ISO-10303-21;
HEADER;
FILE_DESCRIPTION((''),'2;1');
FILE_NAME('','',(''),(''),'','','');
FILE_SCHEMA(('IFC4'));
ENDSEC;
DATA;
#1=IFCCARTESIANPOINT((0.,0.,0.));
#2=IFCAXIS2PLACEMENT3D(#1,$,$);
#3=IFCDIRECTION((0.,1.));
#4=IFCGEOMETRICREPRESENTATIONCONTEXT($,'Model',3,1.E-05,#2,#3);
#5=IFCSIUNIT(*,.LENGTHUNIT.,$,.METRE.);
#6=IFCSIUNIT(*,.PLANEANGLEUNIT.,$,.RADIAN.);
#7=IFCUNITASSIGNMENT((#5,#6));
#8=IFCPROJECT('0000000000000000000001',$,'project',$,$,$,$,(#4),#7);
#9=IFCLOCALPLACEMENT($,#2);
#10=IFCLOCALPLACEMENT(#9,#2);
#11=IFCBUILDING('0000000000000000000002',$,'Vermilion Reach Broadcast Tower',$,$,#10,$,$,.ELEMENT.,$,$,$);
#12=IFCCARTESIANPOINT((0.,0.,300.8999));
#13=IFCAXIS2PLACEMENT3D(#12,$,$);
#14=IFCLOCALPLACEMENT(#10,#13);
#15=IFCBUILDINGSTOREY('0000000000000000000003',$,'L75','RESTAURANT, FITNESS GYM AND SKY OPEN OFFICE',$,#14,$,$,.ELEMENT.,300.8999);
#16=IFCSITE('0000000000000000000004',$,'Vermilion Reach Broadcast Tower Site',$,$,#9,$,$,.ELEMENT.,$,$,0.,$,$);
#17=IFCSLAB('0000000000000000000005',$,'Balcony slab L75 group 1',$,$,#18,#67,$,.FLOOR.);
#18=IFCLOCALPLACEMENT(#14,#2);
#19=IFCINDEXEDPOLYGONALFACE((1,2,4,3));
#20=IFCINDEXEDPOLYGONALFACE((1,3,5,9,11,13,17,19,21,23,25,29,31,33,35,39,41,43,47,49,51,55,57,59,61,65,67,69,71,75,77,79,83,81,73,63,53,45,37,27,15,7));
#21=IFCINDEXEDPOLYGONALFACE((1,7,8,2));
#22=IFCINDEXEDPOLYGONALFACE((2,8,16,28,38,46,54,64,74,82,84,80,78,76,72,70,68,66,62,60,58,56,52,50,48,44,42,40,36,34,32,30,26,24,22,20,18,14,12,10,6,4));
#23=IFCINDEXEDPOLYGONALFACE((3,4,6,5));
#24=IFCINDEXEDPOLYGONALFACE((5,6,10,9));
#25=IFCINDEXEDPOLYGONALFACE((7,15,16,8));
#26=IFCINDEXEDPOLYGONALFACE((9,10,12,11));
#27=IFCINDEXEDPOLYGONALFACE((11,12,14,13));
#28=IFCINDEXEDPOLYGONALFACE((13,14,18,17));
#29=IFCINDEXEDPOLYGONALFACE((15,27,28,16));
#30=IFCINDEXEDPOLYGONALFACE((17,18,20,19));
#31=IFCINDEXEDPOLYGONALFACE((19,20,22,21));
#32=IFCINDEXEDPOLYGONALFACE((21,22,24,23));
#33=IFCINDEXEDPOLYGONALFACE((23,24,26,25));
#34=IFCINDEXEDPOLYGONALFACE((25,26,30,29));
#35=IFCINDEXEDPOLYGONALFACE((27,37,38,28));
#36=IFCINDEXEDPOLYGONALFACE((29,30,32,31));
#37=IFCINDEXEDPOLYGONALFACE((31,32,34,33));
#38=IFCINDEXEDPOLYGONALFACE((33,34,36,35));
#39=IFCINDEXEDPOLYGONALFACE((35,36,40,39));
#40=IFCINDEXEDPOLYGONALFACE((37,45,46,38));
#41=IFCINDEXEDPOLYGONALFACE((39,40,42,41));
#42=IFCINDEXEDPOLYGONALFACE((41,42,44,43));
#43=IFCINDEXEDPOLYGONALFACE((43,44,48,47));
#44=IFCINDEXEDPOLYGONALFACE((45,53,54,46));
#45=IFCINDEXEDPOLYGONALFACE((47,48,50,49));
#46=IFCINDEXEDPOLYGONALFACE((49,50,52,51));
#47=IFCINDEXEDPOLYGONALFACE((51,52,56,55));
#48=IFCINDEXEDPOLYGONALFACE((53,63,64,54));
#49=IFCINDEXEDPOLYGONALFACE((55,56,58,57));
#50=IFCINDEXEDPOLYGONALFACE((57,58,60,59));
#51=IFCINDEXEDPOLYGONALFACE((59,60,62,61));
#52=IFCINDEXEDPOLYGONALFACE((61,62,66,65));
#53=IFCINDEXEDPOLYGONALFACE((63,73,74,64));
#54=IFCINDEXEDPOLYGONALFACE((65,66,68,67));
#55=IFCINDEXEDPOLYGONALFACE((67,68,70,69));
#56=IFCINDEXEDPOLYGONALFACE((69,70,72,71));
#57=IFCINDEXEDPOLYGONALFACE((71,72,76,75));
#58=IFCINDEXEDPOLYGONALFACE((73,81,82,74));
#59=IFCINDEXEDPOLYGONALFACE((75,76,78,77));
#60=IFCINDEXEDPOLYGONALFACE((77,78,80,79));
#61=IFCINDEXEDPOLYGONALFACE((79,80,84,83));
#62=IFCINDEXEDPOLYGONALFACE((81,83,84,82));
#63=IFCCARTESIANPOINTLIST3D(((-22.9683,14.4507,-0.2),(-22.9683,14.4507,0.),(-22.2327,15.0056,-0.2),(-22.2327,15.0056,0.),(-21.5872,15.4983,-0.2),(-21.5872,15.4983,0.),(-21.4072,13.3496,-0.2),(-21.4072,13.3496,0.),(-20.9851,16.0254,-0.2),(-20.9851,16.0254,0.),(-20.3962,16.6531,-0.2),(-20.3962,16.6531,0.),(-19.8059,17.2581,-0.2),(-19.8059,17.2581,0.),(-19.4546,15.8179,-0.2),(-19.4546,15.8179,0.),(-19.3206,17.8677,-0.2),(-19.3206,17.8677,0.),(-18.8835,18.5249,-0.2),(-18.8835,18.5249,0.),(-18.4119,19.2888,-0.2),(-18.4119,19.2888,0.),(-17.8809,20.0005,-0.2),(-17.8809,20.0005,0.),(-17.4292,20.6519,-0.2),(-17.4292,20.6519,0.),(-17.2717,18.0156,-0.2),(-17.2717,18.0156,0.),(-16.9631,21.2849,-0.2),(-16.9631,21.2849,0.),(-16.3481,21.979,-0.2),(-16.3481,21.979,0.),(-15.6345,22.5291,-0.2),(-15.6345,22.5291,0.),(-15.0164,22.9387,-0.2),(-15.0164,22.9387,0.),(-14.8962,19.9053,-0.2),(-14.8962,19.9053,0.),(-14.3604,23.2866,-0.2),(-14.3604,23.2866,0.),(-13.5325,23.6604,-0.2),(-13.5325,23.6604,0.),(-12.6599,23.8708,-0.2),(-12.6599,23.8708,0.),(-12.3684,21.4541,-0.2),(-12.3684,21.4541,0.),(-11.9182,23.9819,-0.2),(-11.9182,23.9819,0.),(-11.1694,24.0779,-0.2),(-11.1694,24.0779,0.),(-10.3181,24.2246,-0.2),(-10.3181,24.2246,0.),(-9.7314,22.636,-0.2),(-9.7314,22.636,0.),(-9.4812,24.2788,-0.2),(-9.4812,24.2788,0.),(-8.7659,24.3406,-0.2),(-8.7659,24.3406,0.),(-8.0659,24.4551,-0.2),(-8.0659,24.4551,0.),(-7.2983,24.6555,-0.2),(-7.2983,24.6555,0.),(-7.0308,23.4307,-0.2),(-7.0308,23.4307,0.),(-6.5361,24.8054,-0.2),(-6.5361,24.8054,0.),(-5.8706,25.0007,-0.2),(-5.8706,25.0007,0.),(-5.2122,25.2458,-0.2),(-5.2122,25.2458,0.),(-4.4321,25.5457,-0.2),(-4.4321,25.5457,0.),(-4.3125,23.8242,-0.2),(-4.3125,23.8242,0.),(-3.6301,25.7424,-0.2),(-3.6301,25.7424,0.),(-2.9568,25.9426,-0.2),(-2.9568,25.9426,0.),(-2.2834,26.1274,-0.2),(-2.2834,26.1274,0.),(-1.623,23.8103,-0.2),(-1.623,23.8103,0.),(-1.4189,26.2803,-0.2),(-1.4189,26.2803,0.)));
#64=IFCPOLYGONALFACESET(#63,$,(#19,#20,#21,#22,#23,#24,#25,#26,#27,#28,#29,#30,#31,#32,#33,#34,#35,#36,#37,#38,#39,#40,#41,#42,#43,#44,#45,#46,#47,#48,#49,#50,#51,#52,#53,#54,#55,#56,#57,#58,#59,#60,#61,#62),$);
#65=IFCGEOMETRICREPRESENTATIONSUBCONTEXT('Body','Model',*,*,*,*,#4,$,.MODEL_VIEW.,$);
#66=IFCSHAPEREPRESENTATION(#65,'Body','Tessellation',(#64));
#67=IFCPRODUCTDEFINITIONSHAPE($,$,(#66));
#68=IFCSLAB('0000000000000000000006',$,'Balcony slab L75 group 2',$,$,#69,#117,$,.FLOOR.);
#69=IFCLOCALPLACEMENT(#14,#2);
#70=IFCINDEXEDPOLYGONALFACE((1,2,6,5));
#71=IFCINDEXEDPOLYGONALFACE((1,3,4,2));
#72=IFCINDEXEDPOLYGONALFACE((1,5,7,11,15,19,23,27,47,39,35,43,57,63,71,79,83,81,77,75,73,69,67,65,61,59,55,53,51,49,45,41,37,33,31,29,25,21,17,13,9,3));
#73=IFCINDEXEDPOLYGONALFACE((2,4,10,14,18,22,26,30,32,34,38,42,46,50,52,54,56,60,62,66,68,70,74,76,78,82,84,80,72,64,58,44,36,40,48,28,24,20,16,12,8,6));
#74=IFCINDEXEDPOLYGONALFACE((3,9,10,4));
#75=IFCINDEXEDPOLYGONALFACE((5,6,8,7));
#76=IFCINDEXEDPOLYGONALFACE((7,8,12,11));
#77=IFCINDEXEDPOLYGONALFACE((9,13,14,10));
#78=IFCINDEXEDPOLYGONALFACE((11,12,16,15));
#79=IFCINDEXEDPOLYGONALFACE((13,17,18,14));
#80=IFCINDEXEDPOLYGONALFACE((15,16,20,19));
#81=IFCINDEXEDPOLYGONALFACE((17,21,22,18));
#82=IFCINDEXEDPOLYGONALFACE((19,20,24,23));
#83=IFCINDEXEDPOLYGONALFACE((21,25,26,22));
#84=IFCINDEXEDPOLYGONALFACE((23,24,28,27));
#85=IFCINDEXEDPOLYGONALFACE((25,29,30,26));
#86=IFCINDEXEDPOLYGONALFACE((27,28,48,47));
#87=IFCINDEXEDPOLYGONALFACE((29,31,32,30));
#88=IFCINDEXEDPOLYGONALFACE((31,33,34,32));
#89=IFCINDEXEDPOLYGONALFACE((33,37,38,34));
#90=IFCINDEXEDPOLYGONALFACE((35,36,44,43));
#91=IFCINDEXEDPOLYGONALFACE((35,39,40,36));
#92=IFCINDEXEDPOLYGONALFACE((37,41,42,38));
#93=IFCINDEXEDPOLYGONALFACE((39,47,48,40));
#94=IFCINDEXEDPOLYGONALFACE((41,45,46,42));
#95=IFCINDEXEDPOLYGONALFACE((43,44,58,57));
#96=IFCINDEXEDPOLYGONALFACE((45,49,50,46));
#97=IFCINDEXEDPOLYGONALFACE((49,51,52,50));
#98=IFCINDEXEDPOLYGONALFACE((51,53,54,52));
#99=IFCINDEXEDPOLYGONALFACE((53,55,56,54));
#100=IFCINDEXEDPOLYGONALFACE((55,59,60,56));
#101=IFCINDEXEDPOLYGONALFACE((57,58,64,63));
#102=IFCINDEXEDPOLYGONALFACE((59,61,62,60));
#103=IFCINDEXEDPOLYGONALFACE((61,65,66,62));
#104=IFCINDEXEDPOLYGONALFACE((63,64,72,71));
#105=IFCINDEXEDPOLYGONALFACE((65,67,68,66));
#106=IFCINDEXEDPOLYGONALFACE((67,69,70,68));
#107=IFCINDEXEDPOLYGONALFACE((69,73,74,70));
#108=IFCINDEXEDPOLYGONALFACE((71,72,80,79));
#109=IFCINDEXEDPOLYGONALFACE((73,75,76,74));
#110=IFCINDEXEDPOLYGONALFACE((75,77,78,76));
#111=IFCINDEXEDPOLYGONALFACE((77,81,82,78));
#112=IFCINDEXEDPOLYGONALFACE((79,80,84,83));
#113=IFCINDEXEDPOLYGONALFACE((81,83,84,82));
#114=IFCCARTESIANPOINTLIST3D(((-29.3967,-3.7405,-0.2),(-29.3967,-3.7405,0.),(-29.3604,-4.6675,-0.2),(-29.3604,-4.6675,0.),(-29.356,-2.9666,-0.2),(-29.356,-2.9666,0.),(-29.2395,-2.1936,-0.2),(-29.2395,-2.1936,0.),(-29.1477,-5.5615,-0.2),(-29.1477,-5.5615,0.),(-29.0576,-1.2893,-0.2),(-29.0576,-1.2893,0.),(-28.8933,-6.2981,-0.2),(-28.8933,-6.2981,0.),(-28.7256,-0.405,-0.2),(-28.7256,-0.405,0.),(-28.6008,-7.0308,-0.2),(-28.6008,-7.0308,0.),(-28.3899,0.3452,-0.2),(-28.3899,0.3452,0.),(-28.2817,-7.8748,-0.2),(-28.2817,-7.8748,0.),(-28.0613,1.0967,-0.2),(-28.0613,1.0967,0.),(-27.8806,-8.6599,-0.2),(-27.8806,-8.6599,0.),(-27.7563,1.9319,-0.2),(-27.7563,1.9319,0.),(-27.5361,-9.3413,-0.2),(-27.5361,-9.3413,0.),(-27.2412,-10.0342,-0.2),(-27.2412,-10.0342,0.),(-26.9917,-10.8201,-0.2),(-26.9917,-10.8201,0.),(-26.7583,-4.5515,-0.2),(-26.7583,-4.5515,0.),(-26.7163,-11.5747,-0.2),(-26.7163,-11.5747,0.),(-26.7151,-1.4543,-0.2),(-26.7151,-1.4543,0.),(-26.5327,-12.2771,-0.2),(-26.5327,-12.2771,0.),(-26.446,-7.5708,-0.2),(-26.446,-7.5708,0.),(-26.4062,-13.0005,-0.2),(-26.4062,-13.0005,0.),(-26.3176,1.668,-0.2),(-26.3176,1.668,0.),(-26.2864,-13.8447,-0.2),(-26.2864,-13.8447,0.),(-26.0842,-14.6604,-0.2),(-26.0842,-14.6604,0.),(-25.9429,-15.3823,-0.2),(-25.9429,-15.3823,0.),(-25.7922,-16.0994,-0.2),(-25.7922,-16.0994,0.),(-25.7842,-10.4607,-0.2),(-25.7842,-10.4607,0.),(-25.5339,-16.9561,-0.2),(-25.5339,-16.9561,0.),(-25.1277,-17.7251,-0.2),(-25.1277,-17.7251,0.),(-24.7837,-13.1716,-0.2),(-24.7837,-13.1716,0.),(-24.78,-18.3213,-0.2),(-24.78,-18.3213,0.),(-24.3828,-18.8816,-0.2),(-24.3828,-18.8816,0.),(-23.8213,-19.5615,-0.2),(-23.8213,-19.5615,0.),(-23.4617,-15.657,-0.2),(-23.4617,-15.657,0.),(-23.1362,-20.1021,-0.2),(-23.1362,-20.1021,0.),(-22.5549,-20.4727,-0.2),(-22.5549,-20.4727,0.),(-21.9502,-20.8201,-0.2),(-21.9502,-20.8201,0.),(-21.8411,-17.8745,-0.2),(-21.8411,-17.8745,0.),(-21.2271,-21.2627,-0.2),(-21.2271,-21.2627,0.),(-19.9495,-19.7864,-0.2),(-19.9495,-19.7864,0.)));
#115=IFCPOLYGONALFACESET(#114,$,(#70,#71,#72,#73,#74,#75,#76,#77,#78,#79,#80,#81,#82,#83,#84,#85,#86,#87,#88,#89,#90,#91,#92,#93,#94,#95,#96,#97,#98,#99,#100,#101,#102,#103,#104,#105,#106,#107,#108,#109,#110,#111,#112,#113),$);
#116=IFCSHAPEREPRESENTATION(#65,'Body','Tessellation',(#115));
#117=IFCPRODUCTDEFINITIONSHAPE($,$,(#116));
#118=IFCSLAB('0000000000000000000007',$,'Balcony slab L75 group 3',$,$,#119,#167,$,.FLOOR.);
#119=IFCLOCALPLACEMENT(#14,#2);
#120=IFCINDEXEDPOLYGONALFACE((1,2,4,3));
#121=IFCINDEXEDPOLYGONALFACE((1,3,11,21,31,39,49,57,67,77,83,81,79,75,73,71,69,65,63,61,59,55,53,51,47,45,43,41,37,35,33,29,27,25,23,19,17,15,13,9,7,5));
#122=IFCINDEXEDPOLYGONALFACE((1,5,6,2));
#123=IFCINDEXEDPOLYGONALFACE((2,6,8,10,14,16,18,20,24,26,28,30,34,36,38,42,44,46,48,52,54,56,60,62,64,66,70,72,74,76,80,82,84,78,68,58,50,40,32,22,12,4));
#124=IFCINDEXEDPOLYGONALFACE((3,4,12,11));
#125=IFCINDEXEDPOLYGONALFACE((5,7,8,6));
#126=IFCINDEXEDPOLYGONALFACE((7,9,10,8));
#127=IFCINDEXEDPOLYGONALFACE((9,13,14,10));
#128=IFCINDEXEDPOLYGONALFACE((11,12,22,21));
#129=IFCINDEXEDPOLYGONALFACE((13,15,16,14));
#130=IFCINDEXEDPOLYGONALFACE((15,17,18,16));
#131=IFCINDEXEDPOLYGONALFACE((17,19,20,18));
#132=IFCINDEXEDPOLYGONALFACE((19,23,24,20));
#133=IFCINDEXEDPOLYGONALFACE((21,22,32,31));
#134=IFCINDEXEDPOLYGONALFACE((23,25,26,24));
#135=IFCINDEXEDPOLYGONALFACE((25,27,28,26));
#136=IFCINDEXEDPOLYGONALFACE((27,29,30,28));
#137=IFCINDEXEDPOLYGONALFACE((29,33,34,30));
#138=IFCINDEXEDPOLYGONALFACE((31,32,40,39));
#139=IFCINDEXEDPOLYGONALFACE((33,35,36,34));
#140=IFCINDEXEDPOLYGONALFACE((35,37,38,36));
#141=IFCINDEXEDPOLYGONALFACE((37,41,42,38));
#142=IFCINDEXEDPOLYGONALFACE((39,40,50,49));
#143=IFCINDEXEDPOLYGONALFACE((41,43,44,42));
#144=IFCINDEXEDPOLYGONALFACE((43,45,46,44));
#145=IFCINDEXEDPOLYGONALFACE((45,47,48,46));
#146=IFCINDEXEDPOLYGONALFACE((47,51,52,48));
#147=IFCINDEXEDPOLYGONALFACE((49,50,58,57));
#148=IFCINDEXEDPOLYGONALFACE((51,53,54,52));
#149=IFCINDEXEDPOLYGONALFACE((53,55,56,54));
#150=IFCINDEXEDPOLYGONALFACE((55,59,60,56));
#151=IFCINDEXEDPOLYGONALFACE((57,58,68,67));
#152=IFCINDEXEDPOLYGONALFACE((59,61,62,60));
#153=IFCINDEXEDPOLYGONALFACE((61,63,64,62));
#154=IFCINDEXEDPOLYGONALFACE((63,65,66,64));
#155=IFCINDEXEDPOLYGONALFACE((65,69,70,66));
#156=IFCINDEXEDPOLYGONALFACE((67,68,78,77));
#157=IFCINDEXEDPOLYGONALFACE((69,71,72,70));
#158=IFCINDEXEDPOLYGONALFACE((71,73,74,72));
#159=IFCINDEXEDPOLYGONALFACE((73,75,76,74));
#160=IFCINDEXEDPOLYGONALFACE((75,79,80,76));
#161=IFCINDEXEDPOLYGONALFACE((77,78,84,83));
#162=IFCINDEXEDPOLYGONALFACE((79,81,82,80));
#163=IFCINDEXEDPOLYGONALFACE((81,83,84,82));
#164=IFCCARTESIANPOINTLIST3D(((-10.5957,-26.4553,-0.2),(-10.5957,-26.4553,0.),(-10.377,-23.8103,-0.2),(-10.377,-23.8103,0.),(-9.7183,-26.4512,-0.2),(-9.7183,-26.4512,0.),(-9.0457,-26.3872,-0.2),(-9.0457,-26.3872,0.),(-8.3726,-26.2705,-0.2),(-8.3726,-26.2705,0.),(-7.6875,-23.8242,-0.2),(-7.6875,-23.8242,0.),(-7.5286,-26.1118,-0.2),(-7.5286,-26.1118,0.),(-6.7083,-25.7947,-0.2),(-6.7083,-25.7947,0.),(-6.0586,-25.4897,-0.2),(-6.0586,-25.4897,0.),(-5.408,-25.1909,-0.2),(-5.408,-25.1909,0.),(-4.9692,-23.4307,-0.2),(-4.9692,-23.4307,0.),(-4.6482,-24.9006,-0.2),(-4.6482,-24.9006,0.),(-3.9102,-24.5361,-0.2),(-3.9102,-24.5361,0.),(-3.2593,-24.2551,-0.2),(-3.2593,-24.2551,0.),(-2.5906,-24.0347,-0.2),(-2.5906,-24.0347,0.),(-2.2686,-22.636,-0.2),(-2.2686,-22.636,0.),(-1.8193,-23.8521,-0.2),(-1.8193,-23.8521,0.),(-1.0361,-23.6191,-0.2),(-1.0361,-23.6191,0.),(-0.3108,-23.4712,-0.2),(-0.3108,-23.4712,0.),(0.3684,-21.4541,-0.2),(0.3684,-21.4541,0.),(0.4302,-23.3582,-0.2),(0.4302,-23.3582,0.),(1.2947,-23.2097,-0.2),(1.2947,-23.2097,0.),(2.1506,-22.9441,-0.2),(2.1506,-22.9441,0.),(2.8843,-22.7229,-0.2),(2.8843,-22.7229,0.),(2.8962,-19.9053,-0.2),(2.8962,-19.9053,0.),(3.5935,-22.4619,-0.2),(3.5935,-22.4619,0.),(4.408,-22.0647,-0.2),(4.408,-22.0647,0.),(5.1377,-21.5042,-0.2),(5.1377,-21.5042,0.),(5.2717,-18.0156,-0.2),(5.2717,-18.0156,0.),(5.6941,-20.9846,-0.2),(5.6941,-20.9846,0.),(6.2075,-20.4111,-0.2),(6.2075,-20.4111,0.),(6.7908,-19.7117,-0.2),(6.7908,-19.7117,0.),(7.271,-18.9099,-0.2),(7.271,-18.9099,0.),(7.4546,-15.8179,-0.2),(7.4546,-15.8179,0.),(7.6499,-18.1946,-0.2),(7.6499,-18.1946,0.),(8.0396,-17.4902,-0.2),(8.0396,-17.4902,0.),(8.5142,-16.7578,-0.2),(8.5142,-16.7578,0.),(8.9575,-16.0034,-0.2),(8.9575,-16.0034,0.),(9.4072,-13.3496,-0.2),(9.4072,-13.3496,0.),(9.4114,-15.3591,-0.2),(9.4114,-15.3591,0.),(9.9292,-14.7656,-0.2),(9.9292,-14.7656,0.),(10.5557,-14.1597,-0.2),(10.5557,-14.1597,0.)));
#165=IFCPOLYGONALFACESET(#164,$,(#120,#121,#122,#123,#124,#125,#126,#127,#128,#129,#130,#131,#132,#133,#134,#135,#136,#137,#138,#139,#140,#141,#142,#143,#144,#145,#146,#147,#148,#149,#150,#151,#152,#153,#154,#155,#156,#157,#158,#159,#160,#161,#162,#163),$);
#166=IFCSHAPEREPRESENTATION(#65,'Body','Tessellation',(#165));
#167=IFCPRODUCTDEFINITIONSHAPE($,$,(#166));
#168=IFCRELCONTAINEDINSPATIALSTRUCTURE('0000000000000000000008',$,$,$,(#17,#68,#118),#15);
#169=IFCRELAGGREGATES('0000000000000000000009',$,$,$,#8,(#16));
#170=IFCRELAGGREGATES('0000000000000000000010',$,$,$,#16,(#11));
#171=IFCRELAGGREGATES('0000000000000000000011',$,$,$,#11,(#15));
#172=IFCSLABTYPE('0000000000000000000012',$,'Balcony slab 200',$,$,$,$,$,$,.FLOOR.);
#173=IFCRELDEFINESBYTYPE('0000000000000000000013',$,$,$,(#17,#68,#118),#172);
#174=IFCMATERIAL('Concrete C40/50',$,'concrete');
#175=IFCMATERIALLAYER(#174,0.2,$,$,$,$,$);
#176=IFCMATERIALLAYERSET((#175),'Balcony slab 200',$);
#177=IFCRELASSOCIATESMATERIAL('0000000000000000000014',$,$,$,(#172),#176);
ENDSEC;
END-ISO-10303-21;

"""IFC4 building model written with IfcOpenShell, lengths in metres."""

from ifc_helpers import new_model, si_unit, direction, frame, origin, place, context, subcontext, project, spatial, polyline, outline, extrude, material, layer, layer_set, type_object, element, save


model = new_model("IFC4")

# Units and contexts
model_context = context("Model", 3, precision=1e-05, world=origin(), true_north=direction((0.0, 1.0)))
body_context = subcontext(model_context, "Body", "Model", "MODEL_VIEW")
ifc_project = project(units=[si_unit("LENGTHUNIT", "METRE"), si_unit("PLANEANGLEUNIT", "RADIAN")], contexts=[model_context])

# Site, building, storey
site_placement = place(None, origin())
site = spatial("IfcSite", under=ifc_project, at=site_placement, Name="Vermilion Reach Broadcast Tower Site", CompositionType="ELEMENT", RefElevation=0.0)
building_placement = place(site_placement, origin())
building = spatial("IfcBuilding", under=site, at=building_placement, Name="Vermilion Reach Broadcast Tower", CompositionType="ELEMENT")
storey_placement = place(building_placement, frame((0.0, 0.0, 300.8999)))
storey = spatial("IfcBuildingStorey", under=building, at=storey_placement, Name="L75", Description="RESTAURANT, FITNESS GYM AND SKY OPEN OFFICE", CompositionType="ELEMENT", Elevation=300.8999)

# Slabs
ifc_material_1 = material(Name="Concrete C40/50", Category="concrete")
ifc_layer_1 = layer(ifc_material_1, 0.2)
ifc_layer_set_1 = layer_set([ifc_layer_1], Name="Balcony slab 200")
slab_type_1 = type_object("IfcSlabType", Name="Balcony slab 200", PredefinedType="FLOOR", material=ifc_layer_set_1)
placement_1 = place(storey_placement, frame((0.0, 0.0, -0.2)))
element("IfcSlab", 1, at=placement_1, inside=storey, type_object=slab_type_1, Name="Balcony slab L75 group 1", PredefinedType="FLOOR", context=body_context, shape_type="SweptSolid", body=[
    extrude(outline(polyline([(-1.623, 23.8103), (-4.3125, 23.8242), (-7.0308, 23.4307), (-9.7314, 22.636), (-12.3684, 21.4541), (-14.8962, 19.9053), (-17.2717, 18.0156), (-19.4546, 15.8179), (-21.4072, 13.3496), (-22.9683, 14.4507), (-22.2327, 15.0056), (-21.5872, 15.4983), (-20.9851, 16.0254), (-20.3962, 16.6531), (-19.8059, 17.2581), (-19.3206, 17.8677), (-18.8835, 18.5249), (-18.4119, 19.2888), (-17.8809, 20.0005), (-17.4292, 20.6519), (-16.9631, 21.2849), (-16.3481, 21.979), (-15.6345, 22.5291), (-15.0164, 22.9387), (-14.3604, 23.2866), (-13.5325, 23.6604), (-12.6599, 23.8708), (-11.9182, 23.9819), (-11.1694, 24.0779), (-10.3181, 24.2246), (-9.4812, 24.2788), (-8.7659, 24.3406), (-8.0659, 24.4551), (-7.2983, 24.6555), (-6.5361, 24.8054), (-5.8706, 25.0007), (-5.2122, 25.2458), (-4.4321, 25.5457), (-3.6301, 25.7424), (-2.9568, 25.9426), (-2.2834, 26.1274), (-1.4189, 26.2803), (-1.623, 23.8103)])), origin(), (0.0, 0.0, 1.0), 0.2),
])
element("IfcSlab", 2, at=placement_1, inside=storey, type_object=slab_type_1, Name="Balcony slab L75 group 2", PredefinedType="FLOOR", context=body_context, shape_type="SweptSolid", body=[
    extrude(outline(polyline([(-26.3176, 1.668), (-26.7151, -1.4543), (-26.7583, -4.5515), (-26.446, -7.5708), (-25.7842, -10.4607), (-24.7837, -13.1716), (-23.4617, -15.657), (-21.8411, -17.8745), (-19.9495, -19.7864), (-21.2271, -21.2627), (-21.9502, -20.8201), (-22.5549, -20.4727), (-23.1362, -20.1021), (-23.8213, -19.5615), (-24.3828, -18.8816), (-24.78, -18.3213), (-25.1277, -17.7251), (-25.5339, -16.9561), (-25.7922, -16.0994), (-25.9429, -15.3823), (-26.0842, -14.6604), (-26.2864, -13.8447), (-26.4062, -13.0005), (-26.5327, -12.2771), (-26.7163, -11.5747), (-26.9917, -10.8201), (-27.2412, -10.0342), (-27.5361, -9.3413), (-27.8806, -8.6599), (-28.2817, -7.8748), (-28.6008, -7.0308), (-28.8933, -6.2981), (-29.1477, -5.5615), (-29.3604, -4.6675), (-29.3967, -3.7405), (-29.356, -2.9666), (-29.2395, -2.1936), (-29.0576, -1.2893), (-28.7256, -0.405), (-28.3899, 0.3452), (-28.0613, 1.0967), (-27.7563, 1.9319), (-26.3176, 1.668)])), origin(), (0.0, 0.0, 1.0), 0.2),
])
element("IfcSlab", 3, at=placement_1, inside=storey, type_object=slab_type_1, Name="Balcony slab L75 group 3", PredefinedType="FLOOR", context=body_context, shape_type="SweptSolid", body=[
    extrude(outline(polyline([(-10.377, -23.8103), (-7.6875, -23.8242), (-4.9692, -23.4307), (-2.2686, -22.636), (0.3684, -21.4541), (2.8962, -19.9053), (5.2717, -18.0156), (7.4546, -15.8179), (9.4072, -13.3496), (10.5557, -14.1597), (9.9292, -14.7656), (9.4114, -15.3591), (8.9575, -16.0034), (8.5142, -16.7578), (8.0396, -17.4902), (7.6499, -18.1946), (7.271, -18.9099), (6.7908, -19.7117), (6.2075, -20.4111), (5.6941, -20.9846), (5.1377, -21.5042), (4.408, -22.0647), (3.5935, -22.4619), (2.8843, -22.7229), (2.1506, -22.9441), (1.2947, -23.2097), (0.4302, -23.3582), (-0.3108, -23.4712), (-1.0361, -23.6191), (-1.8193, -23.8521), (-2.5906, -24.0347), (-3.2593, -24.2551), (-3.9102, -24.5361), (-4.6482, -24.9006), (-5.408, -25.1909), (-6.0586, -25.4897), (-6.7083, -25.7947), (-7.5286, -26.1118), (-8.3726, -26.2705), (-9.0457, -26.3872), (-9.7183, -26.4512), (-10.5957, -26.4553), (-10.377, -23.8103)])), origin(), (0.0, 0.0, 1.0), 0.2),
])

save(model, "model.ifc")
